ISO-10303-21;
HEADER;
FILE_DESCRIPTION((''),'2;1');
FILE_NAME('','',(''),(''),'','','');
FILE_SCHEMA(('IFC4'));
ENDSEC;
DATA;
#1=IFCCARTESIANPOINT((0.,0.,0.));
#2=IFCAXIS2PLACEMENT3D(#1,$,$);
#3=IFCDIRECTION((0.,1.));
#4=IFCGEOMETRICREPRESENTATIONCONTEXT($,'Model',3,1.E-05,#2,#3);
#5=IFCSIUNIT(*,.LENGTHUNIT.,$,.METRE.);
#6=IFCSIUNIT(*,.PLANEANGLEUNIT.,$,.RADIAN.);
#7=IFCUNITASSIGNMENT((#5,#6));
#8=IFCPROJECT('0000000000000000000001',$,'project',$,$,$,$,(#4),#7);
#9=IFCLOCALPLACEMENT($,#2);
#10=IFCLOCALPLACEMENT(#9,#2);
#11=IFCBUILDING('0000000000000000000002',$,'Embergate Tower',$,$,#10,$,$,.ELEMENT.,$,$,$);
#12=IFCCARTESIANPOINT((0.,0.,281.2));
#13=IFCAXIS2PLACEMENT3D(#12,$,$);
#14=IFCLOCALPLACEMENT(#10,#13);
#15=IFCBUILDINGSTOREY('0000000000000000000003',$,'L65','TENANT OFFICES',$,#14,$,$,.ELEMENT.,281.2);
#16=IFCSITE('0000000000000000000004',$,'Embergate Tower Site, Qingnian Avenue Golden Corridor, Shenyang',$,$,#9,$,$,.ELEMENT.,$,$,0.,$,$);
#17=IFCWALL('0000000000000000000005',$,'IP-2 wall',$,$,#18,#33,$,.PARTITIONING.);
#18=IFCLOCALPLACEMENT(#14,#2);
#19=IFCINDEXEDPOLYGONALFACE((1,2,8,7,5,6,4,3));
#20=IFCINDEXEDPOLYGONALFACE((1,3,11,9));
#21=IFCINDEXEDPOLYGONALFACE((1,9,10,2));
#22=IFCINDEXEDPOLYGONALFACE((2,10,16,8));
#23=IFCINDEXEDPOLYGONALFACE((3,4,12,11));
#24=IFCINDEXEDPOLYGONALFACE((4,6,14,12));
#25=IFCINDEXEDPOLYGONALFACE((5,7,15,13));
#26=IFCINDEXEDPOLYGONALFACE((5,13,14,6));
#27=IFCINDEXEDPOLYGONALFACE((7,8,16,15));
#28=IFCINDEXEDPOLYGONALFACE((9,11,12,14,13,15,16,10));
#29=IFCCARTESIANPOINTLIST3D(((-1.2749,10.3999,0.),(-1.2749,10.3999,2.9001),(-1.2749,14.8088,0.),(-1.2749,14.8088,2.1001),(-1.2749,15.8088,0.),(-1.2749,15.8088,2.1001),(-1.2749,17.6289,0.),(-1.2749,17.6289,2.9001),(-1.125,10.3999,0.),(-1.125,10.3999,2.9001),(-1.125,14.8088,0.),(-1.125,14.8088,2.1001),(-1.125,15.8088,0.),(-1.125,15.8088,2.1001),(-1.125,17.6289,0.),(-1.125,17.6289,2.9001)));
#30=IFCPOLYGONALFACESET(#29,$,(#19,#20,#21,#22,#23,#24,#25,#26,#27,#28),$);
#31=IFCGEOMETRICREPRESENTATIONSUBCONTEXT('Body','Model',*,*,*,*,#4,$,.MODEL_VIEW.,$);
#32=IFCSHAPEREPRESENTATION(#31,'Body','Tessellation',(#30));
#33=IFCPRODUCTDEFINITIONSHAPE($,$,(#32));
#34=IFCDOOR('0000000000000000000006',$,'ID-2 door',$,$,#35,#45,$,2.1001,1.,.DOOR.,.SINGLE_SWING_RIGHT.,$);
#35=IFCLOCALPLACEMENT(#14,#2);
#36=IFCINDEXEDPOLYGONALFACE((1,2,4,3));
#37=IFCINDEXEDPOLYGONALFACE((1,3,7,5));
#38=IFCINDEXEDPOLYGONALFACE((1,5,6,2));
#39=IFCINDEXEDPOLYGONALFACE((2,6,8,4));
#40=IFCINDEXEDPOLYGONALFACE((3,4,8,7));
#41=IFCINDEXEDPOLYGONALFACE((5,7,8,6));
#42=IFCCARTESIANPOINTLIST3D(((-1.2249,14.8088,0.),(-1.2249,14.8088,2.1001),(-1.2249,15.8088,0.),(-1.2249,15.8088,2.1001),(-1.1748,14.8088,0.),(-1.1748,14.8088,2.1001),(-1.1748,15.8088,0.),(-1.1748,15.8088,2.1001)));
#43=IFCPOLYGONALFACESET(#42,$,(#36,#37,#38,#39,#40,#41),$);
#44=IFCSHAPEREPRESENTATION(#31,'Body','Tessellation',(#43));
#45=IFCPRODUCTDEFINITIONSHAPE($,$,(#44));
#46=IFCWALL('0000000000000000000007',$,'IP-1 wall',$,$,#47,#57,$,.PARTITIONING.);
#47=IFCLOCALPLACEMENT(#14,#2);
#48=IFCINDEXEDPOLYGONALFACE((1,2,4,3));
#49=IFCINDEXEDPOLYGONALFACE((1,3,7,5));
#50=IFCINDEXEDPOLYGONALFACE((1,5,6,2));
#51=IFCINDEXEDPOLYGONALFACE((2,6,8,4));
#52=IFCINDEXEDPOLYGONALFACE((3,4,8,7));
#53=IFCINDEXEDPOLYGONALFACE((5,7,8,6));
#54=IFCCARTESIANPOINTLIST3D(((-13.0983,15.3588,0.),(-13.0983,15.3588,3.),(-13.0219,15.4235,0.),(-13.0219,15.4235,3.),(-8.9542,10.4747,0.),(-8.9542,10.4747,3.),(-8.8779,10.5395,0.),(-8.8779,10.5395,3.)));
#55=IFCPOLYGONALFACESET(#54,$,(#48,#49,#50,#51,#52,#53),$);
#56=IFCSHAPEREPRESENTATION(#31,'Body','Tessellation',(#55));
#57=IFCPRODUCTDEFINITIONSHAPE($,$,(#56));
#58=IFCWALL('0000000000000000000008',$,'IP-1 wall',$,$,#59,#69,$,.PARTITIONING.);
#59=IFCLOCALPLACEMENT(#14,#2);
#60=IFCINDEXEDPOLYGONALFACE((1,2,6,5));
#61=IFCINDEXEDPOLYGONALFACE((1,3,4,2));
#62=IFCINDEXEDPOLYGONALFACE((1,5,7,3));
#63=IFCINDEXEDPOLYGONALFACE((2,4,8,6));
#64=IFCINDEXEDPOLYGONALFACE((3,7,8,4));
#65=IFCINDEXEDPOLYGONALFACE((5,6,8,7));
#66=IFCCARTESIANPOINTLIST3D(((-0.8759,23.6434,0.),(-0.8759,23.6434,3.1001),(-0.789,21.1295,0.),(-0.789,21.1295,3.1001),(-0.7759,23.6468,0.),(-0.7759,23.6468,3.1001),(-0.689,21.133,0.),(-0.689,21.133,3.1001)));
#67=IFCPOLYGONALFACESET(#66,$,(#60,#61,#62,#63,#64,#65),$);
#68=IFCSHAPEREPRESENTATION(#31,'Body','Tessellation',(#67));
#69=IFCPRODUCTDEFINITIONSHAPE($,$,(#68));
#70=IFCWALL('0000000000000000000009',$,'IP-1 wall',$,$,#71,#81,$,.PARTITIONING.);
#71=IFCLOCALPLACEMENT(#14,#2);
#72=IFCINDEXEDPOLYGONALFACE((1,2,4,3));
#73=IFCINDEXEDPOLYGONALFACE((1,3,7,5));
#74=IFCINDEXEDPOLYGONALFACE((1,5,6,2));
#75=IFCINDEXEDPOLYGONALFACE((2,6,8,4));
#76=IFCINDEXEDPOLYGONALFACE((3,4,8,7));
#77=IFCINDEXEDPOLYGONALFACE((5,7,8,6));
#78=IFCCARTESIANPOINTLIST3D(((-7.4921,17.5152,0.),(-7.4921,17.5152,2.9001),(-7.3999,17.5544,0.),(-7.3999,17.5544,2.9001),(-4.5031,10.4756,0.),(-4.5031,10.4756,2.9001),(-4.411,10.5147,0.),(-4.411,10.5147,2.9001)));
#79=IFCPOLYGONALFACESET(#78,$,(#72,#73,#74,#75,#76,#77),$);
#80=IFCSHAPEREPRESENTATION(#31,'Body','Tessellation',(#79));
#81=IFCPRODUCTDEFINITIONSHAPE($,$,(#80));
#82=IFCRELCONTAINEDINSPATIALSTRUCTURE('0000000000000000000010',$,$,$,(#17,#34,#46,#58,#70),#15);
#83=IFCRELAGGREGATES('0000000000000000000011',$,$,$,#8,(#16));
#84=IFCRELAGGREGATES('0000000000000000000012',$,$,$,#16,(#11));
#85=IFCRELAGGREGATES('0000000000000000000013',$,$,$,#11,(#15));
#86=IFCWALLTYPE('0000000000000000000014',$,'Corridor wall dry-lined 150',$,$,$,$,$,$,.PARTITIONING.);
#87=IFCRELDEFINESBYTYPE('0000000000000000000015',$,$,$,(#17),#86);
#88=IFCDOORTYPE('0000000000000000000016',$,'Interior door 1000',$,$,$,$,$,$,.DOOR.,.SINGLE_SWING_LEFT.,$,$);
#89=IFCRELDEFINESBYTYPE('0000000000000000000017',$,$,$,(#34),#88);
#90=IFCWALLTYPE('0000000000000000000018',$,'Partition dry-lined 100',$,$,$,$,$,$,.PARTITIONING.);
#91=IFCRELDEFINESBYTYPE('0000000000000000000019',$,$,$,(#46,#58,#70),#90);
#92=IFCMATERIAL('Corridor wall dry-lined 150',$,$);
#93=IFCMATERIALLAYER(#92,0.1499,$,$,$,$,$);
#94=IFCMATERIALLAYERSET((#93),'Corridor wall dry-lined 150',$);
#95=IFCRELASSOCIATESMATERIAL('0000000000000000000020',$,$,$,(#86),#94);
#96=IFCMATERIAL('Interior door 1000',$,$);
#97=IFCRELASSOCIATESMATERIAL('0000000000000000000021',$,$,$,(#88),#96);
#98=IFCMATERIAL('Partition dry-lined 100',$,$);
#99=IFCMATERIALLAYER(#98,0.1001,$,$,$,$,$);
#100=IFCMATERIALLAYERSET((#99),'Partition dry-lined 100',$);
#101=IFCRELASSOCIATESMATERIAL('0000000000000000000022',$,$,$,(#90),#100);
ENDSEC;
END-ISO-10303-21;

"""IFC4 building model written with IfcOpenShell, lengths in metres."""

from ifc_helpers import new_model, si_unit, direction, frame, frame_2d, origin, place, context, subcontext, project, spatial, rectangle, extrude, source, transform, mapped, material, layer, layer_set, type_object, element, fill, save


model = new_model("IFC4")

# Units and contexts
model_context = context("Model", 3, precision=1e-05, world=origin(), true_north=direction((0.0, 1.0)))
body_context = subcontext(model_context, "Body", "Model", "MODEL_VIEW")
ifc_project = project(units=[si_unit("LENGTHUNIT", "METRE"), si_unit("PLANEANGLEUNIT", "RADIAN")], contexts=[model_context])

# Site, building, storey
site_placement = place(None, origin())
site = spatial("IfcSite", under=ifc_project, at=site_placement, Name="Embergate Tower Site, Qingnian Avenue Golden Corridor, Shenyang", CompositionType="ELEMENT", RefElevation=0.0)
building_placement = place(site_placement, origin())
building = spatial("IfcBuilding", under=site, at=building_placement, Name="Embergate Tower", CompositionType="ELEMENT")
storey_placement = place(building_placement, frame((0.0, 0.0, 281.2)))
storey = spatial("IfcBuildingStorey", under=building, at=storey_placement, Name="L65", Description="TENANT OFFICES", CompositionType="ELEMENT", Elevation=281.2)

# Shared definitions
ifc_material_1 = material(Name="Corridor wall dry-lined 150")
ifc_layer_1 = layer(ifc_material_1, 0.1499)
ifc_layer_set_1 = layer_set([ifc_layer_1], Name="Corridor wall dry-lined 150")
wall_type_1 = type_object("IfcWallType", Name="Corridor wall dry-lined 150", PredefinedType="PARTITIONING", material=ifc_layer_set_1)

# Shared definitions
shared_shape_1 = source(origin(), body_context, "Body", "SweptSolid", [
    extrude(rectangle(XDim=1.0, YDim=2.1001, at=frame_2d((0.5, 1.05))), frame((0.0, 0.085, 0.0), z_axis=(0.0, -1.0, 0.0), x_axis=(1.0, 0.0, 0.0)), (0.0, 0.0, 1.0), 0.1699),
])
ifc_material_2 = material(Name="Interior door 1000")
door_type_1 = type_object("IfcDoorType", Name="Interior door 1000", OperationType="SINGLE_SWING_LEFT", PredefinedType="DOOR", material=ifc_material_2)
shared_shape_2 = source(origin(), body_context, "Body", "SweptSolid", [
    extrude(rectangle(XDim=1.0, YDim=2.1001, at=frame_2d((0.5, 1.05))), frame((0.0, 0.0249, 0.0), z_axis=(0.0, -1.0, 0.0), x_axis=(1.0, 0.0, 0.0)), (0.0, 0.0, 1.0), 0.05),
])

# Wall, opening, door
shared_shape_3 = source(origin(), body_context, "Body", "SweptSolid", [
    extrude(rectangle(XDim=7.229, YDim=0.1499, at=frame_2d((3.6145, 0.0))), origin(), (0.0, 0.0, 1.0), 2.9001),
])
wall_1_placement = place(storey_placement, frame((-1.2, 10.3999, 0.0), z_axis=(0.0, 0.0, 1.0), x_axis=(0.0, 1.0, 0.0)))
wall_1 = element("IfcWall", 1, at=wall_1_placement, inside=storey, type_object=wall_type_1, Name="IP-2 wall", PredefinedType="PARTITIONING", context=body_context, shape_type="MappedRepresentation", body=[
    mapped(shared_shape_3, transform((0.0, 0.0, 0.0))),
])
opening_1_placement = place(wall_1_placement, frame((4.4089, 0.0, 0.0)))
opening_1 = element("IfcOpeningElement", 2, at=opening_1_placement, cuts=wall_1, PredefinedType="OPENING", context=body_context, shape_type="MappedRepresentation", body=[
    mapped(shared_shape_1, transform((0.0, 0.0, 0.0))),
])
door_1_placement = place(opening_1_placement, origin())
door_1 = element("IfcDoor", 3, at=door_1_placement, inside=storey, type_object=door_type_1, Name="ID-2 door", OperationType="SINGLE_SWING_RIGHT", OverallHeight=2.1001, OverallWidth=1.0, PredefinedType="DOOR", context=body_context, shape_type="MappedRepresentation", body=[
    mapped(shared_shape_2, transform((0.0, 0.0, 0.0))),
])
fill(opening_1, door_1)

# Walls
ifc_material_3 = material(Name="Partition dry-lined 100")
ifc_layer_2 = layer(ifc_material_3, 0.1001)
ifc_layer_set_2 = layer_set([ifc_layer_2], Name="Partition dry-lined 100")
wall_type_2 = type_object("IfcWallType", Name="Partition dry-lined 100", PredefinedType="PARTITIONING", material=ifc_layer_set_2)
shared_shape_4 = source(origin(), body_context, "Body", "SweptSolid", [
    extrude(rectangle(XDim=6.4053, YDim=0.1001, at=frame_2d((3.2026, 0.0))), origin(), (0.0, 0.0, 1.0), 3.0),
])
wall_2_placement = place(storey_placement, frame((-8.916, 10.5071, 0.0), z_axis=(0.0, 0.0, 1.0), x_axis=(-0.646979, 0.762508, 0.0)))
element("IfcWall", 4, at=wall_2_placement, inside=storey, type_object=wall_type_2, Name="IP-1 wall", PredefinedType="PARTITIONING", context=body_context, shape_type="MappedRepresentation", body=[
    mapped(shared_shape_4, transform((0.0, 0.0, 0.0))),
])
shared_shape_5 = source(origin(), body_context, "Body", "SweptSolid", [
    extrude(rectangle(XDim=2.5154, YDim=0.1001, at=frame_2d((1.2578, 0.0))), origin(), (0.0, 0.0, 1.0), 3.1001),
])
wall_3_placement = place(storey_placement, frame((-0.739, 21.1311, 0.0), z_axis=(0.0, 0.0, 1.0), x_axis=(-0.034553, 0.999403, 0.0)))
element("IfcWall", 5, at=wall_3_placement, inside=storey, type_object=wall_type_2, Name="IP-1 wall", PredefinedType="PARTITIONING", context=body_context, shape_type="MappedRepresentation", body=[
    mapped(shared_shape_5, transform((0.0, 0.0, 0.0))),
])
shared_shape_6 = source(origin(), body_context, "Body", "SweptSolid", [
    extrude(rectangle(XDim=7.6479, YDim=0.1001, at=frame_2d((3.824, 0.0))), origin(), (0.0, 0.0, 1.0), 2.9001),
])
wall_4_placement = place(storey_placement, frame((-4.457, 10.4951, 0.0), z_axis=(0.0, 0.0, 1.0), x_axis=(-0.39082, 0.920467, 0.0)))
element("IfcWall", 6, at=wall_4_placement, inside=storey, type_object=wall_type_2, Name="IP-1 wall", PredefinedType="PARTITIONING", context=body_context, shape_type="MappedRepresentation", body=[
    mapped(shared_shape_6, transform((0.0, 0.0, 0.0))),
])

save(model, "model.ifc")
